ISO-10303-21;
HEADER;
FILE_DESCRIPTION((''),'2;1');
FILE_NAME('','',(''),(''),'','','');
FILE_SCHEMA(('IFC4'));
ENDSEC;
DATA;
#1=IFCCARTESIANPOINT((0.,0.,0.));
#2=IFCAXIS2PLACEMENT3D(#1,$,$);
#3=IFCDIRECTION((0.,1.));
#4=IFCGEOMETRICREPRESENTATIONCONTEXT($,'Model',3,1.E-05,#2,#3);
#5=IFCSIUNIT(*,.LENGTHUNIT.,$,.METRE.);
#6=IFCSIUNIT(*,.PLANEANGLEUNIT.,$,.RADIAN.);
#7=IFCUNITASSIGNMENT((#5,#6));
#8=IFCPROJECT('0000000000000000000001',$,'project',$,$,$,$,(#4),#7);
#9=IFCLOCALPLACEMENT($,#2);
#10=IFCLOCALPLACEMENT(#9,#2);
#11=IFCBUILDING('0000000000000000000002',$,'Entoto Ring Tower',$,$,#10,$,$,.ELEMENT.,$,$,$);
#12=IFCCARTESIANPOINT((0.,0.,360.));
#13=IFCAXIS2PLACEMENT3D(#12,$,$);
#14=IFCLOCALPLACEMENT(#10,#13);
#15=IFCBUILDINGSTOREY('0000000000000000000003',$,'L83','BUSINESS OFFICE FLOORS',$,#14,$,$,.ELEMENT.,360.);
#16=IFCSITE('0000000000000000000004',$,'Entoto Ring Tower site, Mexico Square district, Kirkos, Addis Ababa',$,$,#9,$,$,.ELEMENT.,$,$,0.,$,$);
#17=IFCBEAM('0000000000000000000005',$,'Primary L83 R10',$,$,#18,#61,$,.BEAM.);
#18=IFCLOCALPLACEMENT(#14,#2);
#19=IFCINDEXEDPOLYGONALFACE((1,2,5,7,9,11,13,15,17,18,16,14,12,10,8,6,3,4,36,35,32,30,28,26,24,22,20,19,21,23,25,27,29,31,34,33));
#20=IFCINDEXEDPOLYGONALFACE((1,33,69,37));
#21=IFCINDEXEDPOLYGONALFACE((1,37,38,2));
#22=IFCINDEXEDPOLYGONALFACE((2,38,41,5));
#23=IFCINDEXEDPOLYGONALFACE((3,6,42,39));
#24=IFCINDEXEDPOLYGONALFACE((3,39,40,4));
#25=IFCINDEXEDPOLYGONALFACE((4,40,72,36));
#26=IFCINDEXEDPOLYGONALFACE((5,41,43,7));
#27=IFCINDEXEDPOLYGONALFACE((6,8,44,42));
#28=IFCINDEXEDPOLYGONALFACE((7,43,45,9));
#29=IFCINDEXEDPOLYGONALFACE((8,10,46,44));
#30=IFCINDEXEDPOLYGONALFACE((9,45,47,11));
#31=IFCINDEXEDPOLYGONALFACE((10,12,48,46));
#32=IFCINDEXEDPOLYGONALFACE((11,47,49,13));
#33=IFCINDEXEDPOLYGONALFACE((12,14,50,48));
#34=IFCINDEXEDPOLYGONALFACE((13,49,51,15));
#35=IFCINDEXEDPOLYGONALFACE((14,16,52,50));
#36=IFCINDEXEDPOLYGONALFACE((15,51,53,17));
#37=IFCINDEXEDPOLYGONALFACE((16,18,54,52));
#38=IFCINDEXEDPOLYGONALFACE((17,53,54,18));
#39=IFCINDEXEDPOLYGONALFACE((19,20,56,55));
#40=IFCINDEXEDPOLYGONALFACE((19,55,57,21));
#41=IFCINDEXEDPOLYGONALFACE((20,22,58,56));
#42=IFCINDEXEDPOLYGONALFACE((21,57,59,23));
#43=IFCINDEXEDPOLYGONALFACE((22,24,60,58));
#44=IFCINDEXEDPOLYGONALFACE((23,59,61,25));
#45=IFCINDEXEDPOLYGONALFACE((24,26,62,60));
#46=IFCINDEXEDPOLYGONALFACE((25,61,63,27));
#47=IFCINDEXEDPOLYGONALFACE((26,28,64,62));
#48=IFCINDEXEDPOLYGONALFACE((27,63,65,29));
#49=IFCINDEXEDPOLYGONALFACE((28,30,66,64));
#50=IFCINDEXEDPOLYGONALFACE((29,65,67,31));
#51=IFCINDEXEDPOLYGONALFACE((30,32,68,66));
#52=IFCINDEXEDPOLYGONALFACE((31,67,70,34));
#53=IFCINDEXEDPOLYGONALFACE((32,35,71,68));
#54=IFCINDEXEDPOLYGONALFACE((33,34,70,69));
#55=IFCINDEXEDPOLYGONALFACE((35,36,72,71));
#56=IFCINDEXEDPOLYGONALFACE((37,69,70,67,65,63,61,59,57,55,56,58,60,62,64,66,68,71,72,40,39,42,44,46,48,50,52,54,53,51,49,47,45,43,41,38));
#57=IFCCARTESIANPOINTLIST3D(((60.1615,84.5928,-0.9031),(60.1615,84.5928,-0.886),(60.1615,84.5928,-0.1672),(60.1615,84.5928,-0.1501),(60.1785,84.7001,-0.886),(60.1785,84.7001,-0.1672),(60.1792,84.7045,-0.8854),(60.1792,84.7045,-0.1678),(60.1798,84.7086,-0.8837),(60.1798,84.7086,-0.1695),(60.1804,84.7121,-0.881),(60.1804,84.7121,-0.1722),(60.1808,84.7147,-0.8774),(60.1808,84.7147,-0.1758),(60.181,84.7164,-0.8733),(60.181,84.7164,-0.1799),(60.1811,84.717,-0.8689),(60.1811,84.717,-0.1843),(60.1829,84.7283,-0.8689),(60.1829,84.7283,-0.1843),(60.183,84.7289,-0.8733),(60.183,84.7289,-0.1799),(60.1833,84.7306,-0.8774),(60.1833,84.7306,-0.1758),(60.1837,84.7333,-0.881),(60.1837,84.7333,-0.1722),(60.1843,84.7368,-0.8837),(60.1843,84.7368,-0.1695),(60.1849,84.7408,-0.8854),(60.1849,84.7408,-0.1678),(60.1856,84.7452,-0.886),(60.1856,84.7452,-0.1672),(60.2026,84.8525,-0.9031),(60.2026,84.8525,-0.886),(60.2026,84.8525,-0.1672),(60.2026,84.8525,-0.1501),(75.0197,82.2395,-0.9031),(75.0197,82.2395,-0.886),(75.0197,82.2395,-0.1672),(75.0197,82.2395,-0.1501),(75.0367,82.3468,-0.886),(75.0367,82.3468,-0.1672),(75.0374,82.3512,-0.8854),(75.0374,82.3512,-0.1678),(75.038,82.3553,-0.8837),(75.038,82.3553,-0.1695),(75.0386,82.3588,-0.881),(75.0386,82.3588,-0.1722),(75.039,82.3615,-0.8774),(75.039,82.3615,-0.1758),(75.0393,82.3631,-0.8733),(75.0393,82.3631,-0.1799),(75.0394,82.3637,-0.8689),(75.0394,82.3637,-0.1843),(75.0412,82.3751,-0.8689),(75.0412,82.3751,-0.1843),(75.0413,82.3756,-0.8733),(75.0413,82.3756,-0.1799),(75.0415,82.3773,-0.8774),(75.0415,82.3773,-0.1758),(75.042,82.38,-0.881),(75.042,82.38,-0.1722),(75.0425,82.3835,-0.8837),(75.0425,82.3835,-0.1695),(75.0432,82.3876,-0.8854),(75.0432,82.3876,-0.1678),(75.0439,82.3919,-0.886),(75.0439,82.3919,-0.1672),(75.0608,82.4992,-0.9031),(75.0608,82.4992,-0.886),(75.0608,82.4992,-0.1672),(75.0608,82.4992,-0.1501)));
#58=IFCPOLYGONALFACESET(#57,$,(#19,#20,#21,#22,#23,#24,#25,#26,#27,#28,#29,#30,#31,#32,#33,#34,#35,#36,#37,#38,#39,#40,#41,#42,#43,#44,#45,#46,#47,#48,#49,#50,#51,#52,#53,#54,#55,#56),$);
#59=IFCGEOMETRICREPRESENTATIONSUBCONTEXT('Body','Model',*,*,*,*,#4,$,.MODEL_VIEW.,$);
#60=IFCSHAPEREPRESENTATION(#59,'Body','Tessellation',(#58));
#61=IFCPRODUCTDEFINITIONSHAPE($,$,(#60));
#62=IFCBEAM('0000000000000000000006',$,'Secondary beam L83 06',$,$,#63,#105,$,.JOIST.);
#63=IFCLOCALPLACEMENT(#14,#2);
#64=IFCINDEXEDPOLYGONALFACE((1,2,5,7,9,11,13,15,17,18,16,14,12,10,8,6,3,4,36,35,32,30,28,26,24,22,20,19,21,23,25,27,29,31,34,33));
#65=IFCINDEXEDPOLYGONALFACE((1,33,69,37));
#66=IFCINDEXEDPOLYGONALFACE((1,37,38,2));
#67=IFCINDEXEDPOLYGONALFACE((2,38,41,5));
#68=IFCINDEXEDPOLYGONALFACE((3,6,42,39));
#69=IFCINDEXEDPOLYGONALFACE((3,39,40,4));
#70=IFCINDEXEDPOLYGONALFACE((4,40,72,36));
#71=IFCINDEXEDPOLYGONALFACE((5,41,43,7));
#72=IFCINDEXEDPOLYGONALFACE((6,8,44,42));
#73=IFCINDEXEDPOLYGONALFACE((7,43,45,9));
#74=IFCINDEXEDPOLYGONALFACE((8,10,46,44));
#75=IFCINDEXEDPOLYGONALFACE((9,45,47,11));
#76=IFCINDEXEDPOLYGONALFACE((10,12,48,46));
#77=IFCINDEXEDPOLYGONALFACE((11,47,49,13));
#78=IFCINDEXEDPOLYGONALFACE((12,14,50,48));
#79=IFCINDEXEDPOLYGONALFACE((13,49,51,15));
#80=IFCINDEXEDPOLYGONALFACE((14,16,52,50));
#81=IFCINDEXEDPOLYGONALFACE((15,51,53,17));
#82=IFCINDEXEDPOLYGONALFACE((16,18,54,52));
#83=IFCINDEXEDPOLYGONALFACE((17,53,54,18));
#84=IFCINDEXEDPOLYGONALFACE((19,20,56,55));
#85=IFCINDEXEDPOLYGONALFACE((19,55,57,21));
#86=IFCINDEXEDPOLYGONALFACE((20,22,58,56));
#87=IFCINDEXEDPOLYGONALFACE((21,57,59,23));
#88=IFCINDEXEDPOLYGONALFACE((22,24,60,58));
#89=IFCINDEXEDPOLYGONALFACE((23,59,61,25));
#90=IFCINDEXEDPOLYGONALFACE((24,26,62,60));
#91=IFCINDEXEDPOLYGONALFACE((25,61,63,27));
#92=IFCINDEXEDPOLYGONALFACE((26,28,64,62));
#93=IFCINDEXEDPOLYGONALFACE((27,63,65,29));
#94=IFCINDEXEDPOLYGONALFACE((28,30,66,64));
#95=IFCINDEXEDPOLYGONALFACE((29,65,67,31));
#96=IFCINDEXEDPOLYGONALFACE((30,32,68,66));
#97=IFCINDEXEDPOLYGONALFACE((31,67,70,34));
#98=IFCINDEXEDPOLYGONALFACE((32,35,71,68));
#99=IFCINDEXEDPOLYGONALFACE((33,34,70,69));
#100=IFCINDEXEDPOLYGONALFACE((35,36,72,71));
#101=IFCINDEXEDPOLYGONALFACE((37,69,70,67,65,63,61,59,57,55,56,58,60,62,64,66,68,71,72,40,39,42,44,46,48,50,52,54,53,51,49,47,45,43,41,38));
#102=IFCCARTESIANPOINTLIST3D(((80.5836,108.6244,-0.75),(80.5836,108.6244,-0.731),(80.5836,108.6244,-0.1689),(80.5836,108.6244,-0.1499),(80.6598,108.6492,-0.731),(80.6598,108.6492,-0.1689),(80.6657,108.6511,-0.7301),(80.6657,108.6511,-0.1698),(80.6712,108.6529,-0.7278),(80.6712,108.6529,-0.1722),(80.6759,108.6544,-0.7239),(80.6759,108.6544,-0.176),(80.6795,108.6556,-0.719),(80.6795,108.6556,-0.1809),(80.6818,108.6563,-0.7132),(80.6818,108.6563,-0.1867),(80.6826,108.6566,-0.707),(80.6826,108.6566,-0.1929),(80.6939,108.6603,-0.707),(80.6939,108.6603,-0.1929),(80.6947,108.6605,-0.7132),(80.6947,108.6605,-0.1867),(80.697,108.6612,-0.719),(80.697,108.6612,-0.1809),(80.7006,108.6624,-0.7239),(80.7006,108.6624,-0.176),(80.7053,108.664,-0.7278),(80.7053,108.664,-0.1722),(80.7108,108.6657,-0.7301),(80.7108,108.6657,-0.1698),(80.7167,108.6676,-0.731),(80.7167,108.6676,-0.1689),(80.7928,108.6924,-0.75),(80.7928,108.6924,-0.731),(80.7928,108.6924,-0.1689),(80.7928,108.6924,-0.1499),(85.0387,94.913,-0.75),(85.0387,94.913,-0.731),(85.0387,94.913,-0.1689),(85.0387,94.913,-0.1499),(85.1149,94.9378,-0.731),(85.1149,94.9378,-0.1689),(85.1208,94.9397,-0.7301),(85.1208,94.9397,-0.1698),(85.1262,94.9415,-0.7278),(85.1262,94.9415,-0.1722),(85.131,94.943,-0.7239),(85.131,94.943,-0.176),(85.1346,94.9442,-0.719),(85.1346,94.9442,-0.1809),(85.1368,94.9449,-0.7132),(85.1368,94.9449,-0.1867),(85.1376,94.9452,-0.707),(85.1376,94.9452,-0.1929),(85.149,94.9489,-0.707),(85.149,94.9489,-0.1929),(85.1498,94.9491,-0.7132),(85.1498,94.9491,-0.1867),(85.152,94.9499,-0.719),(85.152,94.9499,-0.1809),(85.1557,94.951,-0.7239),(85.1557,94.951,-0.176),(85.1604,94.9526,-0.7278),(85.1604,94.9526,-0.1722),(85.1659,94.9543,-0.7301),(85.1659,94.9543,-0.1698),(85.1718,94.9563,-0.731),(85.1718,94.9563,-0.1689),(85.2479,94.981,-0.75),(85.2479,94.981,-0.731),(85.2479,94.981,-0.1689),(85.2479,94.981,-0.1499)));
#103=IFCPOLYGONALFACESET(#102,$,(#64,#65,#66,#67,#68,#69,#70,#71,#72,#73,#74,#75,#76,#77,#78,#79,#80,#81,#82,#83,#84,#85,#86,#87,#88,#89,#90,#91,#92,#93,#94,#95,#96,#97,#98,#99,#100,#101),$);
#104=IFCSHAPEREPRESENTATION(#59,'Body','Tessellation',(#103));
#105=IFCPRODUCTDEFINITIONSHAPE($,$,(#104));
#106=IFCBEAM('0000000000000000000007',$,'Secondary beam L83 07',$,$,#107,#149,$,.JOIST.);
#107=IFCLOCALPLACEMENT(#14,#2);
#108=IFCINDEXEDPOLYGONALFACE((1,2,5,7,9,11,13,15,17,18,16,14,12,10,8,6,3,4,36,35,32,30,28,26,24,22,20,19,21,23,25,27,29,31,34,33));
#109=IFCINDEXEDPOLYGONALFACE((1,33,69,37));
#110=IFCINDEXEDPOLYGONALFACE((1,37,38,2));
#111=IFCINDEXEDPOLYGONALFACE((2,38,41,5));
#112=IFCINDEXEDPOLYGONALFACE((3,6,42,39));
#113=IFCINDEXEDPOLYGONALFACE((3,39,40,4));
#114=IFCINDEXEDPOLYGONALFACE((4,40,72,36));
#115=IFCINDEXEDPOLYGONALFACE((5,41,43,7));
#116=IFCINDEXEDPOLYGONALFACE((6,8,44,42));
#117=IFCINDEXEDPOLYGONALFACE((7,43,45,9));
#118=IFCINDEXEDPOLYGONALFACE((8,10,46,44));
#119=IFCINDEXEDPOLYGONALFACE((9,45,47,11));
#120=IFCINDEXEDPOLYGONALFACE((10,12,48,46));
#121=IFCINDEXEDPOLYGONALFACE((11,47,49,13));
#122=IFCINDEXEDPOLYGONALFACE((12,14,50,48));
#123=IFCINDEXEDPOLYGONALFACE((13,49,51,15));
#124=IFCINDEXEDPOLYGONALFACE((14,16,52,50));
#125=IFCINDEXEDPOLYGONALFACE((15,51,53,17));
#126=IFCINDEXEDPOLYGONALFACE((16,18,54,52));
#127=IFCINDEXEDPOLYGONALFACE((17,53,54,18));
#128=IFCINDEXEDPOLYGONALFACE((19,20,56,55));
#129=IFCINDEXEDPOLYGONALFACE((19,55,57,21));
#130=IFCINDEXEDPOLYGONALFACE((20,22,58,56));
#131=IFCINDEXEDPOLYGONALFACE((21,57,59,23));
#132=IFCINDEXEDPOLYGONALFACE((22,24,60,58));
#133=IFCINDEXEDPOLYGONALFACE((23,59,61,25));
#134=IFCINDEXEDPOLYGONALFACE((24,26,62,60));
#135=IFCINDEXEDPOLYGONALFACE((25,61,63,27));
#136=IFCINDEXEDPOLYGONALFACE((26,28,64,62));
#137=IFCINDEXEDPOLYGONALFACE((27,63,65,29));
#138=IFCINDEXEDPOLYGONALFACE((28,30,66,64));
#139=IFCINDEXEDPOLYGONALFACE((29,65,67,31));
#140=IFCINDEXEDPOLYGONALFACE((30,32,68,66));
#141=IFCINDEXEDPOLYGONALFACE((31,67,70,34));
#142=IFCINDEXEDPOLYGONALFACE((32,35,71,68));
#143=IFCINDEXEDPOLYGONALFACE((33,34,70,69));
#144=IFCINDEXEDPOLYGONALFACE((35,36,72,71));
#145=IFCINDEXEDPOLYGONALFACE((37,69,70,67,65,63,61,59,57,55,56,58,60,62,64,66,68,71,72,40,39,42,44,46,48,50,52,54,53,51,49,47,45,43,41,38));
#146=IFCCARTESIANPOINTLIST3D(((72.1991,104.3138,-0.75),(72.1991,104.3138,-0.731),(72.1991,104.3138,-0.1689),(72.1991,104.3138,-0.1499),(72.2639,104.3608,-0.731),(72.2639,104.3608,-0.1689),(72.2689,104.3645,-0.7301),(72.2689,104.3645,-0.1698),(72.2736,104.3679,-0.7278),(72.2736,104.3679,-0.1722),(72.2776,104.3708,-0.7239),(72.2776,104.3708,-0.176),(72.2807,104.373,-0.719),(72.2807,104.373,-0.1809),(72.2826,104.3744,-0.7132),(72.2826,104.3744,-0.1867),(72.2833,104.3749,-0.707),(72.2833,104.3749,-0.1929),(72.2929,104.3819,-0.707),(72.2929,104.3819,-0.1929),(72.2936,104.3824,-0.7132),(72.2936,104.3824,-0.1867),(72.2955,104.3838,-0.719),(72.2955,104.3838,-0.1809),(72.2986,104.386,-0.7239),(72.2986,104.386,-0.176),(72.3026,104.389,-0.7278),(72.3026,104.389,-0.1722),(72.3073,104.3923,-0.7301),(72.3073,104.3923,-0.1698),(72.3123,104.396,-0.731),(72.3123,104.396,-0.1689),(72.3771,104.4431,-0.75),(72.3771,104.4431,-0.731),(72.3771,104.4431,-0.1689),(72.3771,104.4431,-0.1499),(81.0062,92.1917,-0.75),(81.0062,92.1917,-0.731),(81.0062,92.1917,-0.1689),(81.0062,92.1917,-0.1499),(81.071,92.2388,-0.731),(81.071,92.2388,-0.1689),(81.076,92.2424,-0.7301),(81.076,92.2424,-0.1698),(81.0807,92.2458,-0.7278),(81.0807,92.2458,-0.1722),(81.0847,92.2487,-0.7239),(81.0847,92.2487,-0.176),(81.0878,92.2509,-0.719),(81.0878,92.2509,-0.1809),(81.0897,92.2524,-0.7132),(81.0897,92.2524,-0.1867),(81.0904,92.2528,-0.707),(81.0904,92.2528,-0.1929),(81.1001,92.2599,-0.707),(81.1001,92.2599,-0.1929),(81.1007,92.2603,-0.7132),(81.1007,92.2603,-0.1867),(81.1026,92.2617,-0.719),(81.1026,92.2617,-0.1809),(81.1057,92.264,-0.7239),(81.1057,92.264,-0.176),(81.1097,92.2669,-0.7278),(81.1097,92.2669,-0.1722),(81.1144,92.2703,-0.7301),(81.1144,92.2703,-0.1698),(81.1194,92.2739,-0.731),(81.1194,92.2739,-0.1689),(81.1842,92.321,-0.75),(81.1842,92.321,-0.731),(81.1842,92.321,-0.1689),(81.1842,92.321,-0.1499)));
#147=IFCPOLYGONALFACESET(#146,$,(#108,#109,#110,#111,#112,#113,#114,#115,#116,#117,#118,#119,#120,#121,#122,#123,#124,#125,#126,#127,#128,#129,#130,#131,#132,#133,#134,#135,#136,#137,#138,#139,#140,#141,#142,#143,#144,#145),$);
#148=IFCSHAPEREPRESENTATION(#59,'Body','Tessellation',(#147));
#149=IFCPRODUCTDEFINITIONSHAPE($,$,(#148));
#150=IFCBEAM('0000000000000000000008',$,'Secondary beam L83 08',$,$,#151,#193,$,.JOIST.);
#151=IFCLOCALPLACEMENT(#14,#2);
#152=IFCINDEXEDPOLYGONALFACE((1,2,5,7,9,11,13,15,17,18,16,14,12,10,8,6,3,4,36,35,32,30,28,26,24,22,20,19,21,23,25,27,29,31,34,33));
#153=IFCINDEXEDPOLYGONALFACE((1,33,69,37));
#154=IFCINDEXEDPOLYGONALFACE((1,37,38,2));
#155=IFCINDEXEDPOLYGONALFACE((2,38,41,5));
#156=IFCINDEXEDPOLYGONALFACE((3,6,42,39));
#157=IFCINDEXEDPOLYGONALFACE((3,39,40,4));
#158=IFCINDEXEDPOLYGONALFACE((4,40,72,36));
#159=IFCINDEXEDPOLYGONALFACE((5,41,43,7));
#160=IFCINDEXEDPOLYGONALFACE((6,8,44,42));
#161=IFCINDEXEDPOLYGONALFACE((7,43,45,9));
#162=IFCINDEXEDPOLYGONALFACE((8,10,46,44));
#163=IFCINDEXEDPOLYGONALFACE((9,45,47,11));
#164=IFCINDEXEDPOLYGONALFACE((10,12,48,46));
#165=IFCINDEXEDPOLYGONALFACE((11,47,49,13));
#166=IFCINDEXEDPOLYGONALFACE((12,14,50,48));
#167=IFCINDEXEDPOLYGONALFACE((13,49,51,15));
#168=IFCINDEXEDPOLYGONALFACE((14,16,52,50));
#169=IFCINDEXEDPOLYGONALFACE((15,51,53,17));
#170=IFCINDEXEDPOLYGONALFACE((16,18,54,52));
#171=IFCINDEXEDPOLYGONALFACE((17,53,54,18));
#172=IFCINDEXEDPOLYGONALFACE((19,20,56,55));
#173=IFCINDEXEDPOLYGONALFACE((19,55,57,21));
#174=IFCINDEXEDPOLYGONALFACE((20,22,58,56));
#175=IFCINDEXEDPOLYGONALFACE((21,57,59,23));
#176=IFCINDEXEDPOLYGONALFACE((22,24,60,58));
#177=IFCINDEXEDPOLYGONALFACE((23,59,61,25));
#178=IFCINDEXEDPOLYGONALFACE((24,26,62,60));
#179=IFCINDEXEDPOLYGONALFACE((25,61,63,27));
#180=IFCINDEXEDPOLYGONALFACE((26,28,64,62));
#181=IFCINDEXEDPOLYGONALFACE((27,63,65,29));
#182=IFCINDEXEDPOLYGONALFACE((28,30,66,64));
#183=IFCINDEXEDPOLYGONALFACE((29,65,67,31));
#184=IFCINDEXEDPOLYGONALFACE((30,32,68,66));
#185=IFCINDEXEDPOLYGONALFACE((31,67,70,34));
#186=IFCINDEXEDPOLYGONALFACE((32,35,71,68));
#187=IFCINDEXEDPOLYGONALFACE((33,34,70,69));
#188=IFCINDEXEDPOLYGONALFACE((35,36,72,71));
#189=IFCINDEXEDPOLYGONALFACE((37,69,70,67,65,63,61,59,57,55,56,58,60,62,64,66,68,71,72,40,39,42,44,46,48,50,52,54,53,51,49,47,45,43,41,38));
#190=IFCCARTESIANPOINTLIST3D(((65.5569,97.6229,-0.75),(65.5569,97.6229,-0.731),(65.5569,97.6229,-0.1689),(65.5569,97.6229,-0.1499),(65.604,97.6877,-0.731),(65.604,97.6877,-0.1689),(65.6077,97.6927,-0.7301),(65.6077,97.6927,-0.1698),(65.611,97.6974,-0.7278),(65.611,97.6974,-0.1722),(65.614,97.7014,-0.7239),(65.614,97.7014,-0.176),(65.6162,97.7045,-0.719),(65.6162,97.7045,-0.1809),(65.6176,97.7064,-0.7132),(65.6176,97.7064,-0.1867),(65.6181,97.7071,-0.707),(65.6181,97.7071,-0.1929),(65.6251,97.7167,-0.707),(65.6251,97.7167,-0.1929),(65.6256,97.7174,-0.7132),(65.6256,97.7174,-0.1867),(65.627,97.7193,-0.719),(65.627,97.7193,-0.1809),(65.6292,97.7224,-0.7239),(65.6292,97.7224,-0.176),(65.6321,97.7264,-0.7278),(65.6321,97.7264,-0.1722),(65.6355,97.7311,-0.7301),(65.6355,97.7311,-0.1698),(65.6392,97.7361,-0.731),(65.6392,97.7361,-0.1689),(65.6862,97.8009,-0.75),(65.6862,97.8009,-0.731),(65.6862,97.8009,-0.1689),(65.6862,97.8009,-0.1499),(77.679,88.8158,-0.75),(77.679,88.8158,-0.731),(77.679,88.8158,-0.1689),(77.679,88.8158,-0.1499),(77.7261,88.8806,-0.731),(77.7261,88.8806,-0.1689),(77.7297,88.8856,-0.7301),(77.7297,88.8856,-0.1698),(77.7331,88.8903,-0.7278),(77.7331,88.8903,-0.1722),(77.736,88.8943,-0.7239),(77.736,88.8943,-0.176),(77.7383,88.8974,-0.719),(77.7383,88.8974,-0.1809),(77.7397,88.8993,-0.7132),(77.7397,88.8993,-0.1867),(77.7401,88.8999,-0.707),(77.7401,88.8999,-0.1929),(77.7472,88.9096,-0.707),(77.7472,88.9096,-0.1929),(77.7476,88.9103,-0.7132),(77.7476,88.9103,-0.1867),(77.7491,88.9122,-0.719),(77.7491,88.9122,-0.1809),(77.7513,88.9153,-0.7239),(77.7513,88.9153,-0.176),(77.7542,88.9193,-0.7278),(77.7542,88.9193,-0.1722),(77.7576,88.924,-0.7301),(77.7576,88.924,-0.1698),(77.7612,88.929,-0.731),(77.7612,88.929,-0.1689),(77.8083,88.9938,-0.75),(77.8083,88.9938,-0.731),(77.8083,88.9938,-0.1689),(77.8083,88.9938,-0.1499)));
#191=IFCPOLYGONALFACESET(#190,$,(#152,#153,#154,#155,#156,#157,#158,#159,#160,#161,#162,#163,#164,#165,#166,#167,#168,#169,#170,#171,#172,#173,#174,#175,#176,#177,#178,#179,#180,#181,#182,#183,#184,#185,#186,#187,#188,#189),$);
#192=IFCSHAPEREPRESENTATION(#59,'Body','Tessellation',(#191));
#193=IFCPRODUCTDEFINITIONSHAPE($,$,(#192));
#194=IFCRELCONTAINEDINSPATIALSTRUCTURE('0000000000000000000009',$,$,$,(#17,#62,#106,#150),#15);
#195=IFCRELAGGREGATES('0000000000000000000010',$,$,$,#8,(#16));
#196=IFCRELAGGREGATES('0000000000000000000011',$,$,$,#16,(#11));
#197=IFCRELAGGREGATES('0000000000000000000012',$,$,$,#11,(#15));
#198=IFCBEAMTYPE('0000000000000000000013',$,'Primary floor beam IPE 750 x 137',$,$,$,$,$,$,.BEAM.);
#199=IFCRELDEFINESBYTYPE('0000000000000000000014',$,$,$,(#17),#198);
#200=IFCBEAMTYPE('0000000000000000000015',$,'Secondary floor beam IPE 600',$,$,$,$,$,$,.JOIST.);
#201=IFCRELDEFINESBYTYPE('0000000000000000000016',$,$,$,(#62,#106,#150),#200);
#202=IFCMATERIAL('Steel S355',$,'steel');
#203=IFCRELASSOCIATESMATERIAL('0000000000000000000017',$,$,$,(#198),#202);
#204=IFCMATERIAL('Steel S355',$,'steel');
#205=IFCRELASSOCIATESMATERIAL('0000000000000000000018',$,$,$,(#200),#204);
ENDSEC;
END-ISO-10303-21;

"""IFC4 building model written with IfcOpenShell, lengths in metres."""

from ifc_helpers import new_model, si_unit, direction, frame, origin, origin_2d, place, context, subcontext, project, spatial, i_section, extrude, material, material_profile, profile_set, type_object, element, save


model = new_model("IFC4")

# Units and contexts
model_context = context("Model", 3, precision=1e-05, world=origin(), true_north=direction((0.0, 1.0)))
body_context = subcontext(model_context, "Body", "Model", "MODEL_VIEW")
ifc_project = project(units=[si_unit("LENGTHUNIT", "METRE"), si_unit("PLANEANGLEUNIT", "RADIAN")], contexts=[model_context])

# Site, building, storey
site_placement = place(None, origin())
site = spatial("IfcSite", under=ifc_project, at=site_placement, Name="Entoto Ring Tower site, Mexico Square district, Kirkos, Addis Ababa", CompositionType="ELEMENT", RefElevation=0.0)
building_placement = place(site_placement, origin())
building = spatial("IfcBuilding", under=site, at=building_placement, Name="Entoto Ring Tower", CompositionType="ELEMENT")
storey_placement = place(building_placement, frame((0.0, 0.0, 360.0)))
storey = spatial("IfcBuildingStorey", under=building, at=storey_placement, Name="L83", Description="BUSINESS OFFICE FLOORS", CompositionType="ELEMENT", Elevation=360.0)

# Beams
ifc_material_1 = material(Name="Steel S355", Category="steel")
ifc_material_profile_1 = material_profile(ifc_material_1, i_section(OverallWidth=0.2629, OverallDepth=0.7529, WebThickness=0.0115, FlangeThickness=0.0171, FilletRadius=0.0171, at=origin_2d()), Name="IPE 750 x 137")
ifc_profile_set_1 = profile_set([ifc_material_profile_1], Name="Steel S355")
beam_type_1 = type_object("IfcBeamType", Name="Primary floor beam IPE 750 x 137", PredefinedType="BEAM", material=ifc_profile_set_1)
beam_1_placement = place(storey_placement, frame((75.0403, 82.3694, -0.5266), z_axis=(-0.987689, 0.156433, 0.0), x_axis=(-0.156433, -0.987689, 0.0)))
element("IfcBeam", 1, at=beam_1_placement, inside=storey, type_object=beam_type_1, Name="Primary L83 R10", PredefinedType="BEAM", context=body_context, shape_type="SweptSolid", body=[
    extrude(i_section(OverallWidth=0.2629, OverallDepth=0.7529, WebThickness=0.0115, FlangeThickness=0.0171, FilletRadius=0.0171, at=origin_2d()), origin(), (0.0, 0.0, 1.0), 15.0435),
])
ifc_material_2 = material(Name="Steel S355", Category="steel")
ifc_material_profile_2 = material_profile(ifc_material_2, i_section(OverallWidth=0.22, OverallDepth=0.6001, WebThickness=0.012, FlangeThickness=0.019, FilletRadius=0.0239, at=origin_2d()), Name="IPE 600")
ifc_profile_set_2 = profile_set([ifc_material_profile_2], Name="Steel S355")
beam_type_2 = type_object("IfcBeamType", Name="Secondary floor beam IPE 600", PredefinedType="JOIST", material=ifc_profile_set_2)
beam_2_placement = place(storey_placement, frame((85.1433, 94.947, -0.45), z_axis=(-0.309015, 0.951057, 0.0), x_axis=(-0.951057, -0.309015, 0.0)))
element("IfcBeam", 2, at=beam_2_placement, inside=storey, type_object=beam_type_2, Name="Secondary beam L83 06", PredefinedType="JOIST", context=body_context, shape_type="SweptSolid", body=[
    extrude(i_section(OverallWidth=0.22, OverallDepth=0.6001, WebThickness=0.012, FlangeThickness=0.019, FilletRadius=0.0239, at=origin_2d()), origin(), (0.0, 0.0, 1.0), 14.417),
])
for number, where, z_axis, x_axis, name in (
    (3, (81.0952, 92.2563, -0.45), (-0.587782, 0.809019, 0.0), (-0.809019, -0.587782, 0.0), "Secondary beam L83 07"),
    (4, (77.7437, 88.9048, -0.45), (-0.809019, 0.587782, 0.0), (-0.587782, -0.809019, 0.0), "Secondary beam L83 08"),
):
    element("IfcBeam", number, at=place(storey_placement, frame(where, z_axis=z_axis, x_axis=x_axis)), inside=storey, type_object=beam_type_2, Name=name, PredefinedType="JOIST", context=body_context, shape_type="SweptSolid", body=[
        extrude(i_section(OverallWidth=0.22, OverallDepth=0.6001, WebThickness=0.012, FlangeThickness=0.019, FilletRadius=0.0239, at=origin_2d()), origin(), (0.0, 0.0, 1.0), 14.9836),
    ])

save(model, "model.ifc")
